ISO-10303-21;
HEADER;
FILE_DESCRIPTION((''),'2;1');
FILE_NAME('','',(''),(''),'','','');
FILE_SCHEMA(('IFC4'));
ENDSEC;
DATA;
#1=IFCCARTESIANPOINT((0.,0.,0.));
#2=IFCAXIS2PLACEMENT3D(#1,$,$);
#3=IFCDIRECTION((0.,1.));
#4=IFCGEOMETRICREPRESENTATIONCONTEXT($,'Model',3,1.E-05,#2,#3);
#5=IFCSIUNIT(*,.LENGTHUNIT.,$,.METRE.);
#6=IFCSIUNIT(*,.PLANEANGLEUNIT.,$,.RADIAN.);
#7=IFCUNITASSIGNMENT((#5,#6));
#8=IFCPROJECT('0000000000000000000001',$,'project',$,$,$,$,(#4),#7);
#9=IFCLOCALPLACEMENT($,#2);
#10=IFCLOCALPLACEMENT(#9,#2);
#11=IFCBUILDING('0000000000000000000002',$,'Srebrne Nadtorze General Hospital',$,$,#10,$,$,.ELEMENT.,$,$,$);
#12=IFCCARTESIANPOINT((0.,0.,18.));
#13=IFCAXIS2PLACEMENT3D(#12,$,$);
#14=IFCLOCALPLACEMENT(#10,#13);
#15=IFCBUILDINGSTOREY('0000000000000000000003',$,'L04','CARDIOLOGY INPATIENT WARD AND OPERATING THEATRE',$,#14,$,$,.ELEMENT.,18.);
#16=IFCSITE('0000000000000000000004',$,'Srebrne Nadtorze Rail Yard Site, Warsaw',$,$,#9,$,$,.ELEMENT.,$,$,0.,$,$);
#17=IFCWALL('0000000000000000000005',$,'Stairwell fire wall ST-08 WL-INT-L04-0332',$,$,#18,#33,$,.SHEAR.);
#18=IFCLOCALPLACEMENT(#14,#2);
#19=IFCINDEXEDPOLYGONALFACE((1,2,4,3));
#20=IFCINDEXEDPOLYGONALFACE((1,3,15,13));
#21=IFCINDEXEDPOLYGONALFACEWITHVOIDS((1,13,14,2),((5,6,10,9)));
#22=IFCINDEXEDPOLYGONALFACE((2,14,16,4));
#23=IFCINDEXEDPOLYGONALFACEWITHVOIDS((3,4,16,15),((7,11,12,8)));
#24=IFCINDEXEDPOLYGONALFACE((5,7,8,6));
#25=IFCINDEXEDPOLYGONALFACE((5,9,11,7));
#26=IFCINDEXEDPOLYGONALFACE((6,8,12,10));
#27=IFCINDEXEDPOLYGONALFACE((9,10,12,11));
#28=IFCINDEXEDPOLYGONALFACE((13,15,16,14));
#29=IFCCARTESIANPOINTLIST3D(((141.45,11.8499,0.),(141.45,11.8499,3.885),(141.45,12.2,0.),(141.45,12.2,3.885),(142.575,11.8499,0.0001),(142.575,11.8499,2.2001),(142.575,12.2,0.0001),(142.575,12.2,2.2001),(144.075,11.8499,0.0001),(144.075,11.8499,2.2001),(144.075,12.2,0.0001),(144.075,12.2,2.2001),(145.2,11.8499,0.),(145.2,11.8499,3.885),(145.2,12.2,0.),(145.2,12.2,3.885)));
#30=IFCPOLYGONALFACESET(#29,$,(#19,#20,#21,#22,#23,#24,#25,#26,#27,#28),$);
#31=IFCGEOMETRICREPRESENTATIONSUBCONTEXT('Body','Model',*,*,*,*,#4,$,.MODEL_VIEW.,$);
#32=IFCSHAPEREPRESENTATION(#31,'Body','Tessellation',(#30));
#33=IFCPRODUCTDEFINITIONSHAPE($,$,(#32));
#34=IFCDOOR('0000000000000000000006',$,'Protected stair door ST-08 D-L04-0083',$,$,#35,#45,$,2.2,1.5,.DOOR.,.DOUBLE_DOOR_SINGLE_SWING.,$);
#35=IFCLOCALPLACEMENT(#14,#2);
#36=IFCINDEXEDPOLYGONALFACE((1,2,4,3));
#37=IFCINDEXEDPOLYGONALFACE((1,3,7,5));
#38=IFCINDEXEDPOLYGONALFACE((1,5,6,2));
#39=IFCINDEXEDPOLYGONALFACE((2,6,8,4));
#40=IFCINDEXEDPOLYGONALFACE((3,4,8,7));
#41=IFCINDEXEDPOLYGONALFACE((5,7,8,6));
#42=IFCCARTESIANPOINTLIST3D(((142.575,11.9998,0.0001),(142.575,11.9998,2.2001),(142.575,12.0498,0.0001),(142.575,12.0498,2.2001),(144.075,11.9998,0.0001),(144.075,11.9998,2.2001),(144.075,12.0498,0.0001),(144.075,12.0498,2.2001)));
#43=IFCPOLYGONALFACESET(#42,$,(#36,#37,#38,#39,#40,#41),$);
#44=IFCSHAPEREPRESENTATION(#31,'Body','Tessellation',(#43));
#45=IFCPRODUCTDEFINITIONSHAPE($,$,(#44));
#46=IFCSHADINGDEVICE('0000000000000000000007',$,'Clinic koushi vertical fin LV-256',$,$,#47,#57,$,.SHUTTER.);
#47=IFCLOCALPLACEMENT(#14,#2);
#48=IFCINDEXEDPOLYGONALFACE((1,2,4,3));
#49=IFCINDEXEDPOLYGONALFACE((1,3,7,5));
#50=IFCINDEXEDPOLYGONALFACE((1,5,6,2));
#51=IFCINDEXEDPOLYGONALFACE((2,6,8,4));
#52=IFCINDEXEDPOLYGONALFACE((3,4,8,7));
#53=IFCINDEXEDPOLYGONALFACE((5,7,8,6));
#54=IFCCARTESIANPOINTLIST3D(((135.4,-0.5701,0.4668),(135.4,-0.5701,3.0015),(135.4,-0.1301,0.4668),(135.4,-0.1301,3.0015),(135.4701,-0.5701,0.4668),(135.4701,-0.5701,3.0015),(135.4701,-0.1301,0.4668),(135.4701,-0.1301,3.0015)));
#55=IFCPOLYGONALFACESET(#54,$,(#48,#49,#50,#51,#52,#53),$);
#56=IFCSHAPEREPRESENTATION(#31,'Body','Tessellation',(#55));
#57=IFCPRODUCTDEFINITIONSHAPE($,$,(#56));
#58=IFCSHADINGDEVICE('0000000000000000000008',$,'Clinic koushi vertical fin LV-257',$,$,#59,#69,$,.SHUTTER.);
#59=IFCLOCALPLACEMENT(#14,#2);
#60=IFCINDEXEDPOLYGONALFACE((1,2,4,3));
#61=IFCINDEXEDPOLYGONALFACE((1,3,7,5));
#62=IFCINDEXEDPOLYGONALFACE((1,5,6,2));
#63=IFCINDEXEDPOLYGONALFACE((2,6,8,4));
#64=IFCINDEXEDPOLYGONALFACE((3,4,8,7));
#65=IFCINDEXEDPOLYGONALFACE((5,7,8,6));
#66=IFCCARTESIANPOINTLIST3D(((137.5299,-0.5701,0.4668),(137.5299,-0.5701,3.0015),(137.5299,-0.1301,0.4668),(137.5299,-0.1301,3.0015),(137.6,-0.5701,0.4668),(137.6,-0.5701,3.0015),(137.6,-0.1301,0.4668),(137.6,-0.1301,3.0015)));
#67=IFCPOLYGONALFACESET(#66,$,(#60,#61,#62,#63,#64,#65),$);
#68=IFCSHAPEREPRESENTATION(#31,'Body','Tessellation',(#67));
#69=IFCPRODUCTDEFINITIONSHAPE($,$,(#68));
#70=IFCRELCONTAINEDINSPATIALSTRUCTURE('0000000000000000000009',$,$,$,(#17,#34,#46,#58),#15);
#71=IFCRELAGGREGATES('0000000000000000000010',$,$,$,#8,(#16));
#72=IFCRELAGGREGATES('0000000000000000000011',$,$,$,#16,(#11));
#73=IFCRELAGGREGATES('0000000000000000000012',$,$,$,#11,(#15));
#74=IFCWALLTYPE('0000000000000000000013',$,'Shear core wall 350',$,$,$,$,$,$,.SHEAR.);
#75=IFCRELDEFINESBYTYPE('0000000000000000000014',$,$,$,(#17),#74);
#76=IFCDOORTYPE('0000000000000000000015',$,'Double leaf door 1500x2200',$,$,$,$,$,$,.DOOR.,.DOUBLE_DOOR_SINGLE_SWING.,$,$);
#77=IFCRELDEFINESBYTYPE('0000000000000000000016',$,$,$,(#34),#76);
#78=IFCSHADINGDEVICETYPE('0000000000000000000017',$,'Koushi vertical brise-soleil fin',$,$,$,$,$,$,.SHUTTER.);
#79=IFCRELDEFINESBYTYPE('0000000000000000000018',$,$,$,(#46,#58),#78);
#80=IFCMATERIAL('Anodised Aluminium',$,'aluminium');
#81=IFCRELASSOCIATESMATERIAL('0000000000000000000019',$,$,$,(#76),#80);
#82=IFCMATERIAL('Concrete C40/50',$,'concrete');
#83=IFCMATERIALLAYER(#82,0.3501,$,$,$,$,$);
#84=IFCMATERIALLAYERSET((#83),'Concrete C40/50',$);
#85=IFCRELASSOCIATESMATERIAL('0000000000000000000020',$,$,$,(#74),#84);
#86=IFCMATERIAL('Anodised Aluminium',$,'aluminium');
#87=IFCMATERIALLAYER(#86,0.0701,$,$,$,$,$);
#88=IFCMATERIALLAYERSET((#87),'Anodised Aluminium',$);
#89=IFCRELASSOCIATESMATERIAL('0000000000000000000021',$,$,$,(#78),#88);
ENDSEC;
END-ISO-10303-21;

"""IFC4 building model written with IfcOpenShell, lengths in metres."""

from ifc_helpers import new_model, si_unit, direction, frame, frame_2d, origin, origin_2d, place, context, subcontext, project, spatial, rectangle, extrude, material, layer, layer_set, type_object, element, fill, save


model = new_model("IFC4")

# Units and contexts
model_context = context("Model", 3, precision=1e-05, world=origin(), true_north=direction((0.0, 1.0)))
body_context = subcontext(model_context, "Body", "Model", "MODEL_VIEW")
ifc_project = project(units=[si_unit("LENGTHUNIT", "METRE"), si_unit("PLANEANGLEUNIT", "RADIAN")], contexts=[model_context])

# Site, building, storey
site_placement = place(None, origin())
site = spatial("IfcSite", under=ifc_project, at=site_placement, Name="Srebrne Nadtorze Rail Yard Site, Warsaw", CompositionType="ELEMENT", RefElevation=0.0)
building_placement = place(site_placement, origin())
building = spatial("IfcBuilding", under=site, at=building_placement, Name="Srebrne Nadtorze General Hospital", CompositionType="ELEMENT")
storey_placement = place(building_placement, frame((0.0, 0.0, 18.0)))
storey = spatial("IfcBuildingStorey", under=building, at=storey_placement, Name="L04", Description="CARDIOLOGY INPATIENT WARD AND OPERATING THEATRE", CompositionType="ELEMENT", Elevation=18.0)

# Shared definitions
ifc_material_1 = material(Name="Anodised Aluminium", Category="aluminium")
door_type_1 = type_object("IfcDoorType", Name="Double leaf door 1500x2200", OperationType="DOUBLE_DOOR_SINGLE_SWING", PredefinedType="DOOR", material=ifc_material_1)

# Shared definitions
ifc_material_2 = material(Name="Concrete C40/50", Category="concrete")
ifc_layer_1 = layer(ifc_material_2, 0.3501)
ifc_layer_set_1 = layer_set([ifc_layer_1], Name="Concrete C40/50")
wall_type_1 = type_object("IfcWallType", Name="Shear core wall 350", PredefinedType="SHEAR", material=ifc_layer_set_1)

# Wall, opening, door
wall_1_placement = place(storey_placement, frame((141.45, 12.0249, 0.0), z_axis=(0.0, 0.0, 1.0), x_axis=(1.0, 0.0, 0.0)))
wall_1 = element("IfcWall", 1, at=wall_1_placement, inside=storey, type_object=wall_type_1, Name="Stairwell fire wall ST-08 WL-INT-L04-0332", PredefinedType="SHEAR", context=body_context, shape_type="SweptSolid", body=[
    extrude(rectangle(XDim=3.75, YDim=0.3501, at=frame_2d((1.875, 0.0))), origin(), (0.0, 0.0, 1.0), 3.885),
])
opening_1_placement = place(wall_1_placement, frame((1.125, 0.0, 0.0)))
opening_1 = element("IfcOpeningElement", 2, at=opening_1_placement, cuts=wall_1, PredefinedType="OPENING", context=body_context, shape_type="SweptSolid", body=[
    extrude(rectangle(XDim=1.5, YDim=2.2, at=frame_2d((0.75, 1.1001))), frame((0.0, 0.187, 0.0), z_axis=(0.0, -1.0, 0.0), x_axis=(1.0, 0.0, 0.0)), (0.0, 0.0, 1.0), 0.374),
])
door_1_placement = place(opening_1_placement, origin())
door_1 = element("IfcDoor", 3, at=door_1_placement, inside=storey, type_object=door_type_1, Name="Protected stair door ST-08 D-L04-0083", OperationType="DOUBLE_DOOR_SINGLE_SWING", OverallHeight=2.2, OverallWidth=1.5, PredefinedType="DOOR", context=body_context, shape_type="SweptSolid", body=[
    extrude(rectangle(XDim=1.5, YDim=2.2, at=frame_2d((0.75, 1.1001))), frame((0.0, 0.0249, 0.0), z_axis=(0.0, -1.0, 0.0), x_axis=(1.0, 0.0, 0.0)), (0.0, 0.0, 1.0), 0.05),
])
fill(opening_1, door_1)

# Shading devices
ifc_material_3 = material(Name="Anodised Aluminium", Category="aluminium")
ifc_layer_2 = layer(ifc_material_3, 0.0701)
ifc_layer_set_2 = layer_set([ifc_layer_2], Name="Anodised Aluminium")
shading_device_type = type_object("IfcShadingDeviceType", Name="Koushi vertical brise-soleil fin", PredefinedType="SHUTTER", material=ifc_layer_set_2)
for number, where, z_axis, x_axis, name in (
    (4, (135.4351, -0.3501, 0.4668), (0.0, 0.0, 1.0), (1.0, 0.0, 0.0), "Clinic koushi vertical fin LV-256"),
    (5, (137.5649, -0.3501, 0.4668), (0.0, 0.0, 1.0), (1.0, 0.0, 0.0), "Clinic koushi vertical fin LV-257"),
):
    element("IfcShadingDevice", number, at=place(storey_placement, frame(where, z_axis=z_axis, x_axis=x_axis)), inside=storey, type_object=shading_device_type, Name=name, PredefinedType="SHUTTER", context=body_context, shape_type="SweptSolid", body=[
        extrude(rectangle(XDim=0.0701, YDim=0.4399, at=origin_2d()), origin(), (0.0, 0.0, 1.0), 2.5347),
    ])

save(model, "model.ifc")
